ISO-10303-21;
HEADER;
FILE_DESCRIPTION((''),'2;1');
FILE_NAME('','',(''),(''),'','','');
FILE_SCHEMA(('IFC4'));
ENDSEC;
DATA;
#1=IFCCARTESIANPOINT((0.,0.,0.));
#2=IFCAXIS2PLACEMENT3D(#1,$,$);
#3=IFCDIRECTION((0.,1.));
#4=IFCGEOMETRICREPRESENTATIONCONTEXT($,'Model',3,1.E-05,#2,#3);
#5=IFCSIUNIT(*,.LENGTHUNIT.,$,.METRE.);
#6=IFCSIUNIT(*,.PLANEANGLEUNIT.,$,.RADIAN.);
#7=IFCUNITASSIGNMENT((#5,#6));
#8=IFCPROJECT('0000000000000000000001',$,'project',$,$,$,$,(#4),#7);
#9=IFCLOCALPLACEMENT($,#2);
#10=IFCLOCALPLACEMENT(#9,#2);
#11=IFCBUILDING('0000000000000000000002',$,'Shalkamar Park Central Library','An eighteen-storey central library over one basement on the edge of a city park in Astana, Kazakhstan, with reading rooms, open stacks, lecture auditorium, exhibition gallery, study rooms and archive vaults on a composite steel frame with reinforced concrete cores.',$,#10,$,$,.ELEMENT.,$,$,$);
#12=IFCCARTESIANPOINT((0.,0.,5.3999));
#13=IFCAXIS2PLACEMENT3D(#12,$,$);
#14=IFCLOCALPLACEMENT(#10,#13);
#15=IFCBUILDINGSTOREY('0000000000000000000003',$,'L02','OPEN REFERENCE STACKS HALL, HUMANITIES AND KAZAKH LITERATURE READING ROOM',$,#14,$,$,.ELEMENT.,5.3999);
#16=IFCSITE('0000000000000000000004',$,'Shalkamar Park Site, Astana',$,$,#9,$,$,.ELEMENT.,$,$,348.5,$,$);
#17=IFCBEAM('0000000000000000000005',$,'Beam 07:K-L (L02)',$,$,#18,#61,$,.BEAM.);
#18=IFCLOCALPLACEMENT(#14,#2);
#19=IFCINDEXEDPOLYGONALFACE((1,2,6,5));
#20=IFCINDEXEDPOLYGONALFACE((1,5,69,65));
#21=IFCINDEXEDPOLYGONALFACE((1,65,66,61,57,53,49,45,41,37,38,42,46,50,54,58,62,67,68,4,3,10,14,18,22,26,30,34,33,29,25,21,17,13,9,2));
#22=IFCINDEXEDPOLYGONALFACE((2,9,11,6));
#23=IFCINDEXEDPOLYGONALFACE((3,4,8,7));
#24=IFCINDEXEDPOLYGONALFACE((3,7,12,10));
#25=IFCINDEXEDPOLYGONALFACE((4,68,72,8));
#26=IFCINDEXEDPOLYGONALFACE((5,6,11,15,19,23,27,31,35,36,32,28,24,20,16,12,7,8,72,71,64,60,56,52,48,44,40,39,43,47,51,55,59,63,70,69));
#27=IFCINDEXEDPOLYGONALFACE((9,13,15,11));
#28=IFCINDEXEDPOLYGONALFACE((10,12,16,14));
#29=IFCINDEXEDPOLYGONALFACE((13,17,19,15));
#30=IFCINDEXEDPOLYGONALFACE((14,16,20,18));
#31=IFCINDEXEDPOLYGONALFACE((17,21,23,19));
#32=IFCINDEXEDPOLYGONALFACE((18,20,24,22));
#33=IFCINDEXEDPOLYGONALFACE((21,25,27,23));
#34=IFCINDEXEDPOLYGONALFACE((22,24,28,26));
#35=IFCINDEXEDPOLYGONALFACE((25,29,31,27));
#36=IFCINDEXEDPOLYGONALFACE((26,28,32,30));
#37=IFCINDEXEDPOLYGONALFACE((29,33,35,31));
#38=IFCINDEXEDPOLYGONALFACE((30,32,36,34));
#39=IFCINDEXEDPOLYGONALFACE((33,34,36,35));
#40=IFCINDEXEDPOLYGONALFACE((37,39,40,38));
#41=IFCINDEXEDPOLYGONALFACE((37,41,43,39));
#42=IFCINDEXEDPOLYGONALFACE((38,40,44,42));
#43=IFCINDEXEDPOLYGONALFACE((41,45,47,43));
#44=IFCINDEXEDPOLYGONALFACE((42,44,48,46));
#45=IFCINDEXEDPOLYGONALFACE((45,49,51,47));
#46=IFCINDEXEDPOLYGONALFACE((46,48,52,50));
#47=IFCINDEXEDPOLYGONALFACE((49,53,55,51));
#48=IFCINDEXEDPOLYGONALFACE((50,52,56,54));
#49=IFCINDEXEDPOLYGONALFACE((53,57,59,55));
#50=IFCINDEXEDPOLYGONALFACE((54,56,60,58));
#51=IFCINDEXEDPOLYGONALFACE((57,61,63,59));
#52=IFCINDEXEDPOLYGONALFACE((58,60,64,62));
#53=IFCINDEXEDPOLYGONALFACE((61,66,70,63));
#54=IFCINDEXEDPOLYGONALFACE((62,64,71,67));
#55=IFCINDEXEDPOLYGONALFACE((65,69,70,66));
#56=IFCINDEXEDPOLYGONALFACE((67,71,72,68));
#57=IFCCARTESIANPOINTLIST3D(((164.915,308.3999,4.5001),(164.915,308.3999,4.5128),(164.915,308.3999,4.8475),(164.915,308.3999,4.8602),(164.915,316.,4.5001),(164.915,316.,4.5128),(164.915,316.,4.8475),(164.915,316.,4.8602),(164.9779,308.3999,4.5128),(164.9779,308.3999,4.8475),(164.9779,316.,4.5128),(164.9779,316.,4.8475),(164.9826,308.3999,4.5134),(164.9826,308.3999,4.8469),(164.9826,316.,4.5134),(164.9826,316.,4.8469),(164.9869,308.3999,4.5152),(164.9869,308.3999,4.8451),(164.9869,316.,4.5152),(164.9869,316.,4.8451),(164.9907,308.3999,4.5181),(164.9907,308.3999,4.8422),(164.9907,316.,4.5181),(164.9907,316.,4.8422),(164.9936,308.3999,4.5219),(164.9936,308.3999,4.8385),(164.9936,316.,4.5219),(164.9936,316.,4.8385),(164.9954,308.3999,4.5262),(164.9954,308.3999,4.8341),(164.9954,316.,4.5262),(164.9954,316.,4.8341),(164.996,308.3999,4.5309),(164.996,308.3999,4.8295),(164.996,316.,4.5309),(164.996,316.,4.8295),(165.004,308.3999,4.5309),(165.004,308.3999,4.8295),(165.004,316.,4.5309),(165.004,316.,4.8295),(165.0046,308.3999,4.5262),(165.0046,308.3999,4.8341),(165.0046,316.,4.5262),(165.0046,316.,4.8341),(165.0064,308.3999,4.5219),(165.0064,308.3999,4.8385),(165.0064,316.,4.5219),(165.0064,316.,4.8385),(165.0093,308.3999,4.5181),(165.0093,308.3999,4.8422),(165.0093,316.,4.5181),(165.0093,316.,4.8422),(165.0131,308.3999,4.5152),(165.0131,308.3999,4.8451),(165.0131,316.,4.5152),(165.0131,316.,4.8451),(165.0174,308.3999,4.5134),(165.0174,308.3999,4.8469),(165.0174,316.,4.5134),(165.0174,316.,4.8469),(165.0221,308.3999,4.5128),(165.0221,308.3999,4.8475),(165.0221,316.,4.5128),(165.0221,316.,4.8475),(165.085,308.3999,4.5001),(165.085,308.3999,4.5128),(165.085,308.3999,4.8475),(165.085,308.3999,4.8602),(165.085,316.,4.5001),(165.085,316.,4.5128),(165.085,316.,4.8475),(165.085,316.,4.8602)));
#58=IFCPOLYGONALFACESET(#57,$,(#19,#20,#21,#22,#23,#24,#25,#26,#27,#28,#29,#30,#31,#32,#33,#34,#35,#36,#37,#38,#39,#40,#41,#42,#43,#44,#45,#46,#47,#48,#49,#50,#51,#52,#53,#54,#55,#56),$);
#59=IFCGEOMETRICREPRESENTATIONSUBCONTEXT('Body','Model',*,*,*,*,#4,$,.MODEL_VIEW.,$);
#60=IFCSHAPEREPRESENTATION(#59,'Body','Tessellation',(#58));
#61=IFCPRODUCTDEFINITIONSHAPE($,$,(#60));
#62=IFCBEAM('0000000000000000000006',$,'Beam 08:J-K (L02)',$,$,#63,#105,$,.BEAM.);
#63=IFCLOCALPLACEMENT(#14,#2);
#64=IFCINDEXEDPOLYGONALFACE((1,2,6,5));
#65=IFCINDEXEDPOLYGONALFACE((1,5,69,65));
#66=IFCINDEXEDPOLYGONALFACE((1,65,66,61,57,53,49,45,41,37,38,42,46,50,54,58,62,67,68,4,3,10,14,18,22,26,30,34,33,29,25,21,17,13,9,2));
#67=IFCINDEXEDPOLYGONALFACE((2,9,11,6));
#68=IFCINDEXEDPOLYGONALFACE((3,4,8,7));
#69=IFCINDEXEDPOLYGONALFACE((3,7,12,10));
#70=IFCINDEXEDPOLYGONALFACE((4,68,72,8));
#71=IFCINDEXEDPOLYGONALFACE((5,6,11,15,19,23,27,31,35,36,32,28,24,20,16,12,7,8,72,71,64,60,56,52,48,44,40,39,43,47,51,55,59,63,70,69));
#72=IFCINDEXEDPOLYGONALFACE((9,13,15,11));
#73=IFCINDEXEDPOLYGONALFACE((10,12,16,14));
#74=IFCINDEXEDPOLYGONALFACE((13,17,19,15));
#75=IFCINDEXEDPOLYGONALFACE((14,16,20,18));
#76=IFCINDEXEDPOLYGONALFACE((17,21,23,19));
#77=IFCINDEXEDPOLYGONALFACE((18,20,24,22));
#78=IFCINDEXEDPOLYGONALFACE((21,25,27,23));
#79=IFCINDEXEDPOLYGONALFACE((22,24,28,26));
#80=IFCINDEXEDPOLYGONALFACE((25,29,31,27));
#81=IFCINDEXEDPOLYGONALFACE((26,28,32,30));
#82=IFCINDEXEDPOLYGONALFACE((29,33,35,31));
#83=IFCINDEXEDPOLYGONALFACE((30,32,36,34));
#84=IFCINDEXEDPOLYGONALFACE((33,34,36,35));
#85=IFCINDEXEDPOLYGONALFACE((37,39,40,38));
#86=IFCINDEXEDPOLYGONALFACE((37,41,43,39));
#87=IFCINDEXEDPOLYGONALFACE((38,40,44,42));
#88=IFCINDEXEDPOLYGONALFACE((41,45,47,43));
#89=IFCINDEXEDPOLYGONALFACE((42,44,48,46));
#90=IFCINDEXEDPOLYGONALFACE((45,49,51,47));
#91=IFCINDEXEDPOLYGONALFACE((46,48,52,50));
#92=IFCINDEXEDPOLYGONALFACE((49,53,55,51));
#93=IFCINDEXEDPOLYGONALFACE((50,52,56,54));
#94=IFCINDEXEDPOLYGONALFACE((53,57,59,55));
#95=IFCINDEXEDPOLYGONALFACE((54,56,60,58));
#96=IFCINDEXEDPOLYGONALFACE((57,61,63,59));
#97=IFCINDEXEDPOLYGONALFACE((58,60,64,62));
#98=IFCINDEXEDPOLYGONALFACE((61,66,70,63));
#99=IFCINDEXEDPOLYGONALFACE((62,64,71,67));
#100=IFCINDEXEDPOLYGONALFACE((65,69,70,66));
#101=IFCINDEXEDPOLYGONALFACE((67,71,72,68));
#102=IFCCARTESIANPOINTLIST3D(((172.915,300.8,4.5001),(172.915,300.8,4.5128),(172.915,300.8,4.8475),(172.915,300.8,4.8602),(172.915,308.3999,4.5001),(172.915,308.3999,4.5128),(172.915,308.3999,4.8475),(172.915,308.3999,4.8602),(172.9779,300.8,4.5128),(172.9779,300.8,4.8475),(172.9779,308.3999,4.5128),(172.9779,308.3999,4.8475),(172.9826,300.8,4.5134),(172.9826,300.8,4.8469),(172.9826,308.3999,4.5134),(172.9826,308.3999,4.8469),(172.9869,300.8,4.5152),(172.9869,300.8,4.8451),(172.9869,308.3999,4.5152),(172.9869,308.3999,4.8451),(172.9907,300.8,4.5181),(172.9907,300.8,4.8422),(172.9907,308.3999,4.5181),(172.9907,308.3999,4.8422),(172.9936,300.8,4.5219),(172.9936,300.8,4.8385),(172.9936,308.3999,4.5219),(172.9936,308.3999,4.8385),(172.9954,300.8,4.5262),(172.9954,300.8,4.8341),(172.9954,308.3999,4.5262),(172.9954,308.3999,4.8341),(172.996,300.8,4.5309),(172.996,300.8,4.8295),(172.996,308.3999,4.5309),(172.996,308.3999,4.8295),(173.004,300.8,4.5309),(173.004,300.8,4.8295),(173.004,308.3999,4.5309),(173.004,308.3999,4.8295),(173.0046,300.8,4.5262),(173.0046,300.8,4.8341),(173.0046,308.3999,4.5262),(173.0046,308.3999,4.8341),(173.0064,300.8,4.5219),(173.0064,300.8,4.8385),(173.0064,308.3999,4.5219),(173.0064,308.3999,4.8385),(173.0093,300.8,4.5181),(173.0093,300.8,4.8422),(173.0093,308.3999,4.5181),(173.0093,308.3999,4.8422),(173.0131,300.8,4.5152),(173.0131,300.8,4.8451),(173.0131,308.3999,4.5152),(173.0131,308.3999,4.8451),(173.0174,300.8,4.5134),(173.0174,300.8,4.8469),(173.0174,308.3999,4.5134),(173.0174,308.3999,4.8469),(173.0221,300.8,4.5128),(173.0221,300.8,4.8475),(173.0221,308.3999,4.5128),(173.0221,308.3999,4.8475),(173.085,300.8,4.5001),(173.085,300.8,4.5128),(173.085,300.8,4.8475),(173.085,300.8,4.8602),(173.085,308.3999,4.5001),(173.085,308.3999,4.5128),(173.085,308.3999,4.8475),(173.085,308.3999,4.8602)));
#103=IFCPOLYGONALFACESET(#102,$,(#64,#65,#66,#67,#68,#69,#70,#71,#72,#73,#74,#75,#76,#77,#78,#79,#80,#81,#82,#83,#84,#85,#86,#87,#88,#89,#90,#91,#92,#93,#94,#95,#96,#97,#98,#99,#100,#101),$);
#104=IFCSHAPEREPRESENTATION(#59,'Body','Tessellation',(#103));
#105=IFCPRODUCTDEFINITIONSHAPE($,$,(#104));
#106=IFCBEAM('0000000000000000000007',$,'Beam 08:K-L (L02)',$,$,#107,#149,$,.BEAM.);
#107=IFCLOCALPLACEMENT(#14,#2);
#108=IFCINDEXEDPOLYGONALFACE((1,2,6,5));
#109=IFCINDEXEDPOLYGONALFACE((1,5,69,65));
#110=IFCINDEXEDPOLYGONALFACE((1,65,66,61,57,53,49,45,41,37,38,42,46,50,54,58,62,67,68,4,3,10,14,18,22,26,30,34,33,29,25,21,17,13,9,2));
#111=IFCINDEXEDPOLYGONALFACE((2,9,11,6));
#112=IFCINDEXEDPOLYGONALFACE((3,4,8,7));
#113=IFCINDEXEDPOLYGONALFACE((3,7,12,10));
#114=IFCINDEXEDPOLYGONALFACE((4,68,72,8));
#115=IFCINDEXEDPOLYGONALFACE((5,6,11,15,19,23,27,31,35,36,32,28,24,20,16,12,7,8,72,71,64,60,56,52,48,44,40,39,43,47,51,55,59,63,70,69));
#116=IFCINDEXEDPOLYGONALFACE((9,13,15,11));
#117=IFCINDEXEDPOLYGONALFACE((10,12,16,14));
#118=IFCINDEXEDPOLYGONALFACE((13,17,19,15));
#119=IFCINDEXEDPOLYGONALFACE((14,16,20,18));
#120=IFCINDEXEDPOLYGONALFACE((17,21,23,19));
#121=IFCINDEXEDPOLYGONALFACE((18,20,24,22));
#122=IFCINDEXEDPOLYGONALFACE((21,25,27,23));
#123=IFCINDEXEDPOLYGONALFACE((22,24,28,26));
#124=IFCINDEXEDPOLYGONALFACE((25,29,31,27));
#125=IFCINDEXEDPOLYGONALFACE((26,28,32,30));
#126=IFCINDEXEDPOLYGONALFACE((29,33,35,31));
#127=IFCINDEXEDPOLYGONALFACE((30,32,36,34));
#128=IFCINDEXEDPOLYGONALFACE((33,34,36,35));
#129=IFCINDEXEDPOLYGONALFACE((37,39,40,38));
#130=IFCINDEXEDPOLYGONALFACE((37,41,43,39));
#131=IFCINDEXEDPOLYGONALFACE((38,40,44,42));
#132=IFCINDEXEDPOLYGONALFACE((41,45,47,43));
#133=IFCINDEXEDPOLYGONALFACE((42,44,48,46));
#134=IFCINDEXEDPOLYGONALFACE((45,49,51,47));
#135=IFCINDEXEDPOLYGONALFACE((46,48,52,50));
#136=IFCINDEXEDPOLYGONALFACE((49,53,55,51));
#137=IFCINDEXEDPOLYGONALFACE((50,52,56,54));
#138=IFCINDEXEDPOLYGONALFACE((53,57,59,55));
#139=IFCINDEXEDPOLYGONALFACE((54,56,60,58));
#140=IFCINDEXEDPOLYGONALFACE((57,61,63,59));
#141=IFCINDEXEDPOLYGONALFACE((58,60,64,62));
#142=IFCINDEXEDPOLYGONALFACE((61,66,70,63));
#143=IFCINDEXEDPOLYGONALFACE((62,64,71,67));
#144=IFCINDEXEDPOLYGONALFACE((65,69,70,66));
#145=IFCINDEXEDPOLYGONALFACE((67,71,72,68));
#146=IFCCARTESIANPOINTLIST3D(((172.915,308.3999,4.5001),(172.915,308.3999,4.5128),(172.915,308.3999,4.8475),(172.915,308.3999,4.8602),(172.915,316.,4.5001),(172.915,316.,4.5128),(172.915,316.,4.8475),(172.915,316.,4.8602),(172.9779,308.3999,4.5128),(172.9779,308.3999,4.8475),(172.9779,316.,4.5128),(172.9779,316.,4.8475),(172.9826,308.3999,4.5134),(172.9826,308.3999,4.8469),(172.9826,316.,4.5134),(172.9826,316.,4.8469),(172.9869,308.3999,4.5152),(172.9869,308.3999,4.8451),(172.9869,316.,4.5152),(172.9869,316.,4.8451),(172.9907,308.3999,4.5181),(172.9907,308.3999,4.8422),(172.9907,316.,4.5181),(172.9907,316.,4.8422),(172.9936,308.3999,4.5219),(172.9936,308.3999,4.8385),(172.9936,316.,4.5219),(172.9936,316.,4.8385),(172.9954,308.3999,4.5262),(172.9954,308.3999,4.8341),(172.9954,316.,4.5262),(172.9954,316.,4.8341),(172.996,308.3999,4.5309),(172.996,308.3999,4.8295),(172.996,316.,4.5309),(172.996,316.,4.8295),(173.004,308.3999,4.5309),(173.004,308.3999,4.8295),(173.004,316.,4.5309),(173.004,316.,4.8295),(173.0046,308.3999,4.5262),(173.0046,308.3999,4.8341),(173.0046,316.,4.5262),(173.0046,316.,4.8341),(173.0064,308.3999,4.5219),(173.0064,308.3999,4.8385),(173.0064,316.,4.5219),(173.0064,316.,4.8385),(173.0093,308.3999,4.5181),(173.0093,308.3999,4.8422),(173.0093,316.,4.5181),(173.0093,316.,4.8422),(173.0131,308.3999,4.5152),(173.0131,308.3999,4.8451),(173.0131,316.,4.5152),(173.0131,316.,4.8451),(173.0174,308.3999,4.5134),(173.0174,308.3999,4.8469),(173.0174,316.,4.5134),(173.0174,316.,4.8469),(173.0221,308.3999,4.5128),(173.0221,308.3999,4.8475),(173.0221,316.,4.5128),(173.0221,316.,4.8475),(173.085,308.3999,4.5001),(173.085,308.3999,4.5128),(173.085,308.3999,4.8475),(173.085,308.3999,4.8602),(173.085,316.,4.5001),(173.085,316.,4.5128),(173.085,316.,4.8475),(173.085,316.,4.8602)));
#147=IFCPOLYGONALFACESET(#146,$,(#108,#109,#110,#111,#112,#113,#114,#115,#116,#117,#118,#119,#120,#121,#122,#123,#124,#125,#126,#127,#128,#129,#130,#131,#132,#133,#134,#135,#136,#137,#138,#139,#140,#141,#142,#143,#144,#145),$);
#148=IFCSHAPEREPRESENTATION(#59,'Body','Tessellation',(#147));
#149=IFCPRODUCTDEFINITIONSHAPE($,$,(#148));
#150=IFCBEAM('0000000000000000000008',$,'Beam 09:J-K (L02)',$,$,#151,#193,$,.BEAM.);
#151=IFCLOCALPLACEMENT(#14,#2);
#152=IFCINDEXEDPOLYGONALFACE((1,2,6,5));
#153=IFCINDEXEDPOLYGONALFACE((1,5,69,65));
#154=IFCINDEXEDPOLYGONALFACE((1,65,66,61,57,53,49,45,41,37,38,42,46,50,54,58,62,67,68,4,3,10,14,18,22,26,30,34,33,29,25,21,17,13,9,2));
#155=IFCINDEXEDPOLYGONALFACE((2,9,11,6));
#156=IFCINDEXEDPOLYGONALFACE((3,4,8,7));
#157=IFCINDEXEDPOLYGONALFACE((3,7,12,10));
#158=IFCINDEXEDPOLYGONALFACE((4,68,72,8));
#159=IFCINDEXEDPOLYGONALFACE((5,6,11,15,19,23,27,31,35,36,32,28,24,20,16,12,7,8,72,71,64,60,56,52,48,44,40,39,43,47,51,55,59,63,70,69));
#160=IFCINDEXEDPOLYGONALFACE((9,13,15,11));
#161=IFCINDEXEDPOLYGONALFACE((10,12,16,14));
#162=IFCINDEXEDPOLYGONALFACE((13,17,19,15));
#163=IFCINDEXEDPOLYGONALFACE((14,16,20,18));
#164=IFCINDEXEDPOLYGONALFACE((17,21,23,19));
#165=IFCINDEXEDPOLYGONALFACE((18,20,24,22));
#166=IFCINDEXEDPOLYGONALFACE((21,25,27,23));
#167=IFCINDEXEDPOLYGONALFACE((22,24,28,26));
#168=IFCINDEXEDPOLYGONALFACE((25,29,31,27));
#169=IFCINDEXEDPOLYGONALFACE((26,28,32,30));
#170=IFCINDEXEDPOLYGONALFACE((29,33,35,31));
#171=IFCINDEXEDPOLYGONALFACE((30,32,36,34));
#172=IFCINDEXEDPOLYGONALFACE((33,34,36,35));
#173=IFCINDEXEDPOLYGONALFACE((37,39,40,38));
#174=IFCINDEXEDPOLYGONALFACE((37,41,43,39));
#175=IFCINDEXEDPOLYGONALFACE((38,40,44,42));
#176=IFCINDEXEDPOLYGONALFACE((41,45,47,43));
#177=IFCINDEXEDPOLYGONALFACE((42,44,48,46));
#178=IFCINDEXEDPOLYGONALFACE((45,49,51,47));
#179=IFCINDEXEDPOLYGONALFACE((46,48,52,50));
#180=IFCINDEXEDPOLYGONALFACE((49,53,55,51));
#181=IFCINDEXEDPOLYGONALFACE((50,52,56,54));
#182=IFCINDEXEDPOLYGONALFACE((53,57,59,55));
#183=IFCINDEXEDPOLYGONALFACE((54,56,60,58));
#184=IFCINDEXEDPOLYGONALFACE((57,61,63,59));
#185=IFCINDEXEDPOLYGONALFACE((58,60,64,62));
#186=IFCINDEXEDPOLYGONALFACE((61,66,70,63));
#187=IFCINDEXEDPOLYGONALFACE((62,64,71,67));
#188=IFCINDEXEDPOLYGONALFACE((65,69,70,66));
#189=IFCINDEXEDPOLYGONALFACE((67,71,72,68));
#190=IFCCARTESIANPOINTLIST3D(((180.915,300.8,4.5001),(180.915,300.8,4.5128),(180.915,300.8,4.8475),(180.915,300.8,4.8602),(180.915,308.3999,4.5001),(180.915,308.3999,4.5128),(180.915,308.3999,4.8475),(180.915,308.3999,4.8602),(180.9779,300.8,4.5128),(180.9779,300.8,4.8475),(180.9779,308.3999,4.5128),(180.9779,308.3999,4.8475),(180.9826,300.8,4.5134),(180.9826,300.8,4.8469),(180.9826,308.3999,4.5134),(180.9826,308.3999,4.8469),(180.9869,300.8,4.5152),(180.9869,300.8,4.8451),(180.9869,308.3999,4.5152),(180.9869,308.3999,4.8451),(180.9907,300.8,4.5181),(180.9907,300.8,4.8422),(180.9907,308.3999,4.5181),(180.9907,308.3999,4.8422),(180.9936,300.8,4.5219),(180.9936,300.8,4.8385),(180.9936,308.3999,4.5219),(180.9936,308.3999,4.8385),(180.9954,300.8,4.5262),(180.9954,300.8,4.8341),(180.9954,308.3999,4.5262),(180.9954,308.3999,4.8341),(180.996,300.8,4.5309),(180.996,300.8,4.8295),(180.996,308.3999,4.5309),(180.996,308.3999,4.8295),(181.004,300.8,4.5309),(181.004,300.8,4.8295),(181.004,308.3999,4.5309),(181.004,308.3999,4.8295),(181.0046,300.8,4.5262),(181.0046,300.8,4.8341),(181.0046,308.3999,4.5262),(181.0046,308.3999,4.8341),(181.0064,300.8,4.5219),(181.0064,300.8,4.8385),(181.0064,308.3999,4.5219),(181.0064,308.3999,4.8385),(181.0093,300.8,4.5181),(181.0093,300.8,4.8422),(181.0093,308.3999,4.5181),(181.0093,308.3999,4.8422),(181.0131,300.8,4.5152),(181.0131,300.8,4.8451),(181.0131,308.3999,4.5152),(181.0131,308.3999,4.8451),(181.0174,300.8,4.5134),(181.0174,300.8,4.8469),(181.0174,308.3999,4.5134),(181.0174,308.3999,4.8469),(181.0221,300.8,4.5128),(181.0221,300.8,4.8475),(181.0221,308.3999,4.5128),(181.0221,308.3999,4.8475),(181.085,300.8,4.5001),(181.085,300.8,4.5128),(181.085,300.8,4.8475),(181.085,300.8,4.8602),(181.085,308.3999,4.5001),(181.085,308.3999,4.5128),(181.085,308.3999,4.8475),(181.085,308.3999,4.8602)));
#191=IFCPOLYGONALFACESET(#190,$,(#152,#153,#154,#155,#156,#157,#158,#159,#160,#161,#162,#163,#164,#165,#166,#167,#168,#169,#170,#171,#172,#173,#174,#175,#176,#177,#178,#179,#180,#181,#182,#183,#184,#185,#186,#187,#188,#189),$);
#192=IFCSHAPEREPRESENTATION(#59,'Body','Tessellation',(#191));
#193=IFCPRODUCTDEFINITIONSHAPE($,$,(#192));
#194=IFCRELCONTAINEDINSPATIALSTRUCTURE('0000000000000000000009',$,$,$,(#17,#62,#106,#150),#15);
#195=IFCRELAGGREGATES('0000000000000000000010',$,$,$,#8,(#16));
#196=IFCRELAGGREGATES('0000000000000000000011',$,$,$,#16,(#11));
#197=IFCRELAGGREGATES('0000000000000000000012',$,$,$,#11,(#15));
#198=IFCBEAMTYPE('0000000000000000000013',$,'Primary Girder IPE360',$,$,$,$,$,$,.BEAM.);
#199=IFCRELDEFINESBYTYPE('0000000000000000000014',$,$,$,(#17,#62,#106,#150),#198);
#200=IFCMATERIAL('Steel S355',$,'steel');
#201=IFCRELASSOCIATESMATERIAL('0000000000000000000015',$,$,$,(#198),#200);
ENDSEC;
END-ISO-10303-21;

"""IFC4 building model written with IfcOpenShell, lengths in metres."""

from ifc_helpers import new_model, si_unit, direction, frame, origin, origin_2d, place, context, subcontext, project, spatial, i_section, extrude, material, material_profile, profile_set, type_object, element, save


model = new_model("IFC4")

# Units and contexts
model_context = context("Model", 3, precision=1e-05, world=origin(), true_north=direction((0.0, 1.0)))
body_context = subcontext(model_context, "Body", "Model", "MODEL_VIEW")
ifc_project = project(units=[si_unit("LENGTHUNIT", "METRE"), si_unit("PLANEANGLEUNIT", "RADIAN")], contexts=[model_context])

# Site, building, storey
site_placement = place(None, origin())
site = spatial("IfcSite", under=ifc_project, at=site_placement, Name="Shalkamar Park Site, Astana", CompositionType="ELEMENT", RefElevation=348.5)
building_placement = place(site_placement, origin())
building = spatial("IfcBuilding", under=site, at=building_placement, Name="Shalkamar Park Central Library", Description="An eighteen-storey central library over one basement on the edge of a city park in Astana, Kazakhstan, with reading rooms, open stacks, lecture auditorium, exhibition gallery, study rooms and archive vaults on a composite steel frame with reinforced concrete cores.", CompositionType="ELEMENT")
storey_placement = place(building_placement, frame((0.0, 0.0, 5.3999)))
storey = spatial("IfcBuildingStorey", under=building, at=storey_placement, Name="L02", Description="OPEN REFERENCE STACKS HALL, HUMANITIES AND KAZAKH LITERATURE READING ROOM", CompositionType="ELEMENT", Elevation=5.3999)

# Shared definitions
ifc_material_1 = material(Name="Steel S355", Category="steel")

# Beams
ifc_material_profile_1 = material_profile(ifc_material_1, i_section(OverallWidth=0.1699, OverallDepth=0.3601, WebThickness=0.0081, FlangeThickness=0.0127, FilletRadius=0.0181, at=origin_2d()), Name="IPE 360")
ifc_profile_set_1 = profile_set([ifc_material_profile_1], Name="Steel S355")
beam_type_1 = type_object("IfcBeamType", Name="Primary Girder IPE360", PredefinedType="BEAM", material=ifc_profile_set_1)
beam_1_placement = place(storey_placement, frame((165.0, 308.3999, 4.6802), z_axis=(0.0, 1.0, 0.0), x_axis=(-1.0, 0.0, 0.0)))
element("IfcBeam", 1, at=beam_1_placement, inside=storey, type_object=beam_type_1, Name="Beam 07:K-L (L02)", PredefinedType="BEAM", context=body_context, shape_type="SweptSolid", body=[
    extrude(i_section(OverallWidth=0.1699, OverallDepth=0.3601, WebThickness=0.0081, FlangeThickness=0.0127, FilletRadius=0.0181, at=origin_2d()), origin(), (0.0, 0.0, 1.0), 7.6001),
])
beam_2_placement = place(storey_placement, frame((173.0, 300.8, 4.6802), z_axis=(0.0, 1.0, 0.0), x_axis=(-1.0, 0.0, 0.0)))
element("IfcBeam", 2, at=beam_2_placement, inside=storey, type_object=beam_type_1, Name="Beam 08:J-K (L02)", PredefinedType="BEAM", context=body_context, shape_type="SweptSolid", body=[
    extrude(i_section(OverallWidth=0.1699, OverallDepth=0.3601, WebThickness=0.0081, FlangeThickness=0.0127, FilletRadius=0.0181, at=origin_2d()), origin(), (0.0, 0.0, 1.0), 7.5999),
])
beam_3_placement = place(storey_placement, frame((173.0, 308.3999, 4.6802), z_axis=(0.0, 1.0, 0.0), x_axis=(-1.0, 0.0, 0.0)))
element("IfcBeam", 3, at=beam_3_placement, inside=storey, type_object=beam_type_1, Name="Beam 08:K-L (L02)", PredefinedType="BEAM", context=body_context, shape_type="SweptSolid", body=[
    extrude(i_section(OverallWidth=0.1699, OverallDepth=0.3601, WebThickness=0.0081, FlangeThickness=0.0127, FilletRadius=0.0181, at=origin_2d()), origin(), (0.0, 0.0, 1.0), 7.6001),
])
beam_4_placement = place(storey_placement, frame((181.0, 300.8, 4.6802), z_axis=(0.0, 1.0, 0.0), x_axis=(-1.0, 0.0, 0.0)))
element("IfcBeam", 4, at=beam_4_placement, inside=storey, type_object=beam_type_1, Name="Beam 09:J-K (L02)", PredefinedType="BEAM", context=body_context, shape_type="SweptSolid", body=[
    extrude(i_section(OverallWidth=0.1699, OverallDepth=0.3601, WebThickness=0.0081, FlangeThickness=0.0127, FilletRadius=0.0181, at=origin_2d()), origin(), (0.0, 0.0, 1.0), 7.5999),
])

save(model, "model.ifc")
